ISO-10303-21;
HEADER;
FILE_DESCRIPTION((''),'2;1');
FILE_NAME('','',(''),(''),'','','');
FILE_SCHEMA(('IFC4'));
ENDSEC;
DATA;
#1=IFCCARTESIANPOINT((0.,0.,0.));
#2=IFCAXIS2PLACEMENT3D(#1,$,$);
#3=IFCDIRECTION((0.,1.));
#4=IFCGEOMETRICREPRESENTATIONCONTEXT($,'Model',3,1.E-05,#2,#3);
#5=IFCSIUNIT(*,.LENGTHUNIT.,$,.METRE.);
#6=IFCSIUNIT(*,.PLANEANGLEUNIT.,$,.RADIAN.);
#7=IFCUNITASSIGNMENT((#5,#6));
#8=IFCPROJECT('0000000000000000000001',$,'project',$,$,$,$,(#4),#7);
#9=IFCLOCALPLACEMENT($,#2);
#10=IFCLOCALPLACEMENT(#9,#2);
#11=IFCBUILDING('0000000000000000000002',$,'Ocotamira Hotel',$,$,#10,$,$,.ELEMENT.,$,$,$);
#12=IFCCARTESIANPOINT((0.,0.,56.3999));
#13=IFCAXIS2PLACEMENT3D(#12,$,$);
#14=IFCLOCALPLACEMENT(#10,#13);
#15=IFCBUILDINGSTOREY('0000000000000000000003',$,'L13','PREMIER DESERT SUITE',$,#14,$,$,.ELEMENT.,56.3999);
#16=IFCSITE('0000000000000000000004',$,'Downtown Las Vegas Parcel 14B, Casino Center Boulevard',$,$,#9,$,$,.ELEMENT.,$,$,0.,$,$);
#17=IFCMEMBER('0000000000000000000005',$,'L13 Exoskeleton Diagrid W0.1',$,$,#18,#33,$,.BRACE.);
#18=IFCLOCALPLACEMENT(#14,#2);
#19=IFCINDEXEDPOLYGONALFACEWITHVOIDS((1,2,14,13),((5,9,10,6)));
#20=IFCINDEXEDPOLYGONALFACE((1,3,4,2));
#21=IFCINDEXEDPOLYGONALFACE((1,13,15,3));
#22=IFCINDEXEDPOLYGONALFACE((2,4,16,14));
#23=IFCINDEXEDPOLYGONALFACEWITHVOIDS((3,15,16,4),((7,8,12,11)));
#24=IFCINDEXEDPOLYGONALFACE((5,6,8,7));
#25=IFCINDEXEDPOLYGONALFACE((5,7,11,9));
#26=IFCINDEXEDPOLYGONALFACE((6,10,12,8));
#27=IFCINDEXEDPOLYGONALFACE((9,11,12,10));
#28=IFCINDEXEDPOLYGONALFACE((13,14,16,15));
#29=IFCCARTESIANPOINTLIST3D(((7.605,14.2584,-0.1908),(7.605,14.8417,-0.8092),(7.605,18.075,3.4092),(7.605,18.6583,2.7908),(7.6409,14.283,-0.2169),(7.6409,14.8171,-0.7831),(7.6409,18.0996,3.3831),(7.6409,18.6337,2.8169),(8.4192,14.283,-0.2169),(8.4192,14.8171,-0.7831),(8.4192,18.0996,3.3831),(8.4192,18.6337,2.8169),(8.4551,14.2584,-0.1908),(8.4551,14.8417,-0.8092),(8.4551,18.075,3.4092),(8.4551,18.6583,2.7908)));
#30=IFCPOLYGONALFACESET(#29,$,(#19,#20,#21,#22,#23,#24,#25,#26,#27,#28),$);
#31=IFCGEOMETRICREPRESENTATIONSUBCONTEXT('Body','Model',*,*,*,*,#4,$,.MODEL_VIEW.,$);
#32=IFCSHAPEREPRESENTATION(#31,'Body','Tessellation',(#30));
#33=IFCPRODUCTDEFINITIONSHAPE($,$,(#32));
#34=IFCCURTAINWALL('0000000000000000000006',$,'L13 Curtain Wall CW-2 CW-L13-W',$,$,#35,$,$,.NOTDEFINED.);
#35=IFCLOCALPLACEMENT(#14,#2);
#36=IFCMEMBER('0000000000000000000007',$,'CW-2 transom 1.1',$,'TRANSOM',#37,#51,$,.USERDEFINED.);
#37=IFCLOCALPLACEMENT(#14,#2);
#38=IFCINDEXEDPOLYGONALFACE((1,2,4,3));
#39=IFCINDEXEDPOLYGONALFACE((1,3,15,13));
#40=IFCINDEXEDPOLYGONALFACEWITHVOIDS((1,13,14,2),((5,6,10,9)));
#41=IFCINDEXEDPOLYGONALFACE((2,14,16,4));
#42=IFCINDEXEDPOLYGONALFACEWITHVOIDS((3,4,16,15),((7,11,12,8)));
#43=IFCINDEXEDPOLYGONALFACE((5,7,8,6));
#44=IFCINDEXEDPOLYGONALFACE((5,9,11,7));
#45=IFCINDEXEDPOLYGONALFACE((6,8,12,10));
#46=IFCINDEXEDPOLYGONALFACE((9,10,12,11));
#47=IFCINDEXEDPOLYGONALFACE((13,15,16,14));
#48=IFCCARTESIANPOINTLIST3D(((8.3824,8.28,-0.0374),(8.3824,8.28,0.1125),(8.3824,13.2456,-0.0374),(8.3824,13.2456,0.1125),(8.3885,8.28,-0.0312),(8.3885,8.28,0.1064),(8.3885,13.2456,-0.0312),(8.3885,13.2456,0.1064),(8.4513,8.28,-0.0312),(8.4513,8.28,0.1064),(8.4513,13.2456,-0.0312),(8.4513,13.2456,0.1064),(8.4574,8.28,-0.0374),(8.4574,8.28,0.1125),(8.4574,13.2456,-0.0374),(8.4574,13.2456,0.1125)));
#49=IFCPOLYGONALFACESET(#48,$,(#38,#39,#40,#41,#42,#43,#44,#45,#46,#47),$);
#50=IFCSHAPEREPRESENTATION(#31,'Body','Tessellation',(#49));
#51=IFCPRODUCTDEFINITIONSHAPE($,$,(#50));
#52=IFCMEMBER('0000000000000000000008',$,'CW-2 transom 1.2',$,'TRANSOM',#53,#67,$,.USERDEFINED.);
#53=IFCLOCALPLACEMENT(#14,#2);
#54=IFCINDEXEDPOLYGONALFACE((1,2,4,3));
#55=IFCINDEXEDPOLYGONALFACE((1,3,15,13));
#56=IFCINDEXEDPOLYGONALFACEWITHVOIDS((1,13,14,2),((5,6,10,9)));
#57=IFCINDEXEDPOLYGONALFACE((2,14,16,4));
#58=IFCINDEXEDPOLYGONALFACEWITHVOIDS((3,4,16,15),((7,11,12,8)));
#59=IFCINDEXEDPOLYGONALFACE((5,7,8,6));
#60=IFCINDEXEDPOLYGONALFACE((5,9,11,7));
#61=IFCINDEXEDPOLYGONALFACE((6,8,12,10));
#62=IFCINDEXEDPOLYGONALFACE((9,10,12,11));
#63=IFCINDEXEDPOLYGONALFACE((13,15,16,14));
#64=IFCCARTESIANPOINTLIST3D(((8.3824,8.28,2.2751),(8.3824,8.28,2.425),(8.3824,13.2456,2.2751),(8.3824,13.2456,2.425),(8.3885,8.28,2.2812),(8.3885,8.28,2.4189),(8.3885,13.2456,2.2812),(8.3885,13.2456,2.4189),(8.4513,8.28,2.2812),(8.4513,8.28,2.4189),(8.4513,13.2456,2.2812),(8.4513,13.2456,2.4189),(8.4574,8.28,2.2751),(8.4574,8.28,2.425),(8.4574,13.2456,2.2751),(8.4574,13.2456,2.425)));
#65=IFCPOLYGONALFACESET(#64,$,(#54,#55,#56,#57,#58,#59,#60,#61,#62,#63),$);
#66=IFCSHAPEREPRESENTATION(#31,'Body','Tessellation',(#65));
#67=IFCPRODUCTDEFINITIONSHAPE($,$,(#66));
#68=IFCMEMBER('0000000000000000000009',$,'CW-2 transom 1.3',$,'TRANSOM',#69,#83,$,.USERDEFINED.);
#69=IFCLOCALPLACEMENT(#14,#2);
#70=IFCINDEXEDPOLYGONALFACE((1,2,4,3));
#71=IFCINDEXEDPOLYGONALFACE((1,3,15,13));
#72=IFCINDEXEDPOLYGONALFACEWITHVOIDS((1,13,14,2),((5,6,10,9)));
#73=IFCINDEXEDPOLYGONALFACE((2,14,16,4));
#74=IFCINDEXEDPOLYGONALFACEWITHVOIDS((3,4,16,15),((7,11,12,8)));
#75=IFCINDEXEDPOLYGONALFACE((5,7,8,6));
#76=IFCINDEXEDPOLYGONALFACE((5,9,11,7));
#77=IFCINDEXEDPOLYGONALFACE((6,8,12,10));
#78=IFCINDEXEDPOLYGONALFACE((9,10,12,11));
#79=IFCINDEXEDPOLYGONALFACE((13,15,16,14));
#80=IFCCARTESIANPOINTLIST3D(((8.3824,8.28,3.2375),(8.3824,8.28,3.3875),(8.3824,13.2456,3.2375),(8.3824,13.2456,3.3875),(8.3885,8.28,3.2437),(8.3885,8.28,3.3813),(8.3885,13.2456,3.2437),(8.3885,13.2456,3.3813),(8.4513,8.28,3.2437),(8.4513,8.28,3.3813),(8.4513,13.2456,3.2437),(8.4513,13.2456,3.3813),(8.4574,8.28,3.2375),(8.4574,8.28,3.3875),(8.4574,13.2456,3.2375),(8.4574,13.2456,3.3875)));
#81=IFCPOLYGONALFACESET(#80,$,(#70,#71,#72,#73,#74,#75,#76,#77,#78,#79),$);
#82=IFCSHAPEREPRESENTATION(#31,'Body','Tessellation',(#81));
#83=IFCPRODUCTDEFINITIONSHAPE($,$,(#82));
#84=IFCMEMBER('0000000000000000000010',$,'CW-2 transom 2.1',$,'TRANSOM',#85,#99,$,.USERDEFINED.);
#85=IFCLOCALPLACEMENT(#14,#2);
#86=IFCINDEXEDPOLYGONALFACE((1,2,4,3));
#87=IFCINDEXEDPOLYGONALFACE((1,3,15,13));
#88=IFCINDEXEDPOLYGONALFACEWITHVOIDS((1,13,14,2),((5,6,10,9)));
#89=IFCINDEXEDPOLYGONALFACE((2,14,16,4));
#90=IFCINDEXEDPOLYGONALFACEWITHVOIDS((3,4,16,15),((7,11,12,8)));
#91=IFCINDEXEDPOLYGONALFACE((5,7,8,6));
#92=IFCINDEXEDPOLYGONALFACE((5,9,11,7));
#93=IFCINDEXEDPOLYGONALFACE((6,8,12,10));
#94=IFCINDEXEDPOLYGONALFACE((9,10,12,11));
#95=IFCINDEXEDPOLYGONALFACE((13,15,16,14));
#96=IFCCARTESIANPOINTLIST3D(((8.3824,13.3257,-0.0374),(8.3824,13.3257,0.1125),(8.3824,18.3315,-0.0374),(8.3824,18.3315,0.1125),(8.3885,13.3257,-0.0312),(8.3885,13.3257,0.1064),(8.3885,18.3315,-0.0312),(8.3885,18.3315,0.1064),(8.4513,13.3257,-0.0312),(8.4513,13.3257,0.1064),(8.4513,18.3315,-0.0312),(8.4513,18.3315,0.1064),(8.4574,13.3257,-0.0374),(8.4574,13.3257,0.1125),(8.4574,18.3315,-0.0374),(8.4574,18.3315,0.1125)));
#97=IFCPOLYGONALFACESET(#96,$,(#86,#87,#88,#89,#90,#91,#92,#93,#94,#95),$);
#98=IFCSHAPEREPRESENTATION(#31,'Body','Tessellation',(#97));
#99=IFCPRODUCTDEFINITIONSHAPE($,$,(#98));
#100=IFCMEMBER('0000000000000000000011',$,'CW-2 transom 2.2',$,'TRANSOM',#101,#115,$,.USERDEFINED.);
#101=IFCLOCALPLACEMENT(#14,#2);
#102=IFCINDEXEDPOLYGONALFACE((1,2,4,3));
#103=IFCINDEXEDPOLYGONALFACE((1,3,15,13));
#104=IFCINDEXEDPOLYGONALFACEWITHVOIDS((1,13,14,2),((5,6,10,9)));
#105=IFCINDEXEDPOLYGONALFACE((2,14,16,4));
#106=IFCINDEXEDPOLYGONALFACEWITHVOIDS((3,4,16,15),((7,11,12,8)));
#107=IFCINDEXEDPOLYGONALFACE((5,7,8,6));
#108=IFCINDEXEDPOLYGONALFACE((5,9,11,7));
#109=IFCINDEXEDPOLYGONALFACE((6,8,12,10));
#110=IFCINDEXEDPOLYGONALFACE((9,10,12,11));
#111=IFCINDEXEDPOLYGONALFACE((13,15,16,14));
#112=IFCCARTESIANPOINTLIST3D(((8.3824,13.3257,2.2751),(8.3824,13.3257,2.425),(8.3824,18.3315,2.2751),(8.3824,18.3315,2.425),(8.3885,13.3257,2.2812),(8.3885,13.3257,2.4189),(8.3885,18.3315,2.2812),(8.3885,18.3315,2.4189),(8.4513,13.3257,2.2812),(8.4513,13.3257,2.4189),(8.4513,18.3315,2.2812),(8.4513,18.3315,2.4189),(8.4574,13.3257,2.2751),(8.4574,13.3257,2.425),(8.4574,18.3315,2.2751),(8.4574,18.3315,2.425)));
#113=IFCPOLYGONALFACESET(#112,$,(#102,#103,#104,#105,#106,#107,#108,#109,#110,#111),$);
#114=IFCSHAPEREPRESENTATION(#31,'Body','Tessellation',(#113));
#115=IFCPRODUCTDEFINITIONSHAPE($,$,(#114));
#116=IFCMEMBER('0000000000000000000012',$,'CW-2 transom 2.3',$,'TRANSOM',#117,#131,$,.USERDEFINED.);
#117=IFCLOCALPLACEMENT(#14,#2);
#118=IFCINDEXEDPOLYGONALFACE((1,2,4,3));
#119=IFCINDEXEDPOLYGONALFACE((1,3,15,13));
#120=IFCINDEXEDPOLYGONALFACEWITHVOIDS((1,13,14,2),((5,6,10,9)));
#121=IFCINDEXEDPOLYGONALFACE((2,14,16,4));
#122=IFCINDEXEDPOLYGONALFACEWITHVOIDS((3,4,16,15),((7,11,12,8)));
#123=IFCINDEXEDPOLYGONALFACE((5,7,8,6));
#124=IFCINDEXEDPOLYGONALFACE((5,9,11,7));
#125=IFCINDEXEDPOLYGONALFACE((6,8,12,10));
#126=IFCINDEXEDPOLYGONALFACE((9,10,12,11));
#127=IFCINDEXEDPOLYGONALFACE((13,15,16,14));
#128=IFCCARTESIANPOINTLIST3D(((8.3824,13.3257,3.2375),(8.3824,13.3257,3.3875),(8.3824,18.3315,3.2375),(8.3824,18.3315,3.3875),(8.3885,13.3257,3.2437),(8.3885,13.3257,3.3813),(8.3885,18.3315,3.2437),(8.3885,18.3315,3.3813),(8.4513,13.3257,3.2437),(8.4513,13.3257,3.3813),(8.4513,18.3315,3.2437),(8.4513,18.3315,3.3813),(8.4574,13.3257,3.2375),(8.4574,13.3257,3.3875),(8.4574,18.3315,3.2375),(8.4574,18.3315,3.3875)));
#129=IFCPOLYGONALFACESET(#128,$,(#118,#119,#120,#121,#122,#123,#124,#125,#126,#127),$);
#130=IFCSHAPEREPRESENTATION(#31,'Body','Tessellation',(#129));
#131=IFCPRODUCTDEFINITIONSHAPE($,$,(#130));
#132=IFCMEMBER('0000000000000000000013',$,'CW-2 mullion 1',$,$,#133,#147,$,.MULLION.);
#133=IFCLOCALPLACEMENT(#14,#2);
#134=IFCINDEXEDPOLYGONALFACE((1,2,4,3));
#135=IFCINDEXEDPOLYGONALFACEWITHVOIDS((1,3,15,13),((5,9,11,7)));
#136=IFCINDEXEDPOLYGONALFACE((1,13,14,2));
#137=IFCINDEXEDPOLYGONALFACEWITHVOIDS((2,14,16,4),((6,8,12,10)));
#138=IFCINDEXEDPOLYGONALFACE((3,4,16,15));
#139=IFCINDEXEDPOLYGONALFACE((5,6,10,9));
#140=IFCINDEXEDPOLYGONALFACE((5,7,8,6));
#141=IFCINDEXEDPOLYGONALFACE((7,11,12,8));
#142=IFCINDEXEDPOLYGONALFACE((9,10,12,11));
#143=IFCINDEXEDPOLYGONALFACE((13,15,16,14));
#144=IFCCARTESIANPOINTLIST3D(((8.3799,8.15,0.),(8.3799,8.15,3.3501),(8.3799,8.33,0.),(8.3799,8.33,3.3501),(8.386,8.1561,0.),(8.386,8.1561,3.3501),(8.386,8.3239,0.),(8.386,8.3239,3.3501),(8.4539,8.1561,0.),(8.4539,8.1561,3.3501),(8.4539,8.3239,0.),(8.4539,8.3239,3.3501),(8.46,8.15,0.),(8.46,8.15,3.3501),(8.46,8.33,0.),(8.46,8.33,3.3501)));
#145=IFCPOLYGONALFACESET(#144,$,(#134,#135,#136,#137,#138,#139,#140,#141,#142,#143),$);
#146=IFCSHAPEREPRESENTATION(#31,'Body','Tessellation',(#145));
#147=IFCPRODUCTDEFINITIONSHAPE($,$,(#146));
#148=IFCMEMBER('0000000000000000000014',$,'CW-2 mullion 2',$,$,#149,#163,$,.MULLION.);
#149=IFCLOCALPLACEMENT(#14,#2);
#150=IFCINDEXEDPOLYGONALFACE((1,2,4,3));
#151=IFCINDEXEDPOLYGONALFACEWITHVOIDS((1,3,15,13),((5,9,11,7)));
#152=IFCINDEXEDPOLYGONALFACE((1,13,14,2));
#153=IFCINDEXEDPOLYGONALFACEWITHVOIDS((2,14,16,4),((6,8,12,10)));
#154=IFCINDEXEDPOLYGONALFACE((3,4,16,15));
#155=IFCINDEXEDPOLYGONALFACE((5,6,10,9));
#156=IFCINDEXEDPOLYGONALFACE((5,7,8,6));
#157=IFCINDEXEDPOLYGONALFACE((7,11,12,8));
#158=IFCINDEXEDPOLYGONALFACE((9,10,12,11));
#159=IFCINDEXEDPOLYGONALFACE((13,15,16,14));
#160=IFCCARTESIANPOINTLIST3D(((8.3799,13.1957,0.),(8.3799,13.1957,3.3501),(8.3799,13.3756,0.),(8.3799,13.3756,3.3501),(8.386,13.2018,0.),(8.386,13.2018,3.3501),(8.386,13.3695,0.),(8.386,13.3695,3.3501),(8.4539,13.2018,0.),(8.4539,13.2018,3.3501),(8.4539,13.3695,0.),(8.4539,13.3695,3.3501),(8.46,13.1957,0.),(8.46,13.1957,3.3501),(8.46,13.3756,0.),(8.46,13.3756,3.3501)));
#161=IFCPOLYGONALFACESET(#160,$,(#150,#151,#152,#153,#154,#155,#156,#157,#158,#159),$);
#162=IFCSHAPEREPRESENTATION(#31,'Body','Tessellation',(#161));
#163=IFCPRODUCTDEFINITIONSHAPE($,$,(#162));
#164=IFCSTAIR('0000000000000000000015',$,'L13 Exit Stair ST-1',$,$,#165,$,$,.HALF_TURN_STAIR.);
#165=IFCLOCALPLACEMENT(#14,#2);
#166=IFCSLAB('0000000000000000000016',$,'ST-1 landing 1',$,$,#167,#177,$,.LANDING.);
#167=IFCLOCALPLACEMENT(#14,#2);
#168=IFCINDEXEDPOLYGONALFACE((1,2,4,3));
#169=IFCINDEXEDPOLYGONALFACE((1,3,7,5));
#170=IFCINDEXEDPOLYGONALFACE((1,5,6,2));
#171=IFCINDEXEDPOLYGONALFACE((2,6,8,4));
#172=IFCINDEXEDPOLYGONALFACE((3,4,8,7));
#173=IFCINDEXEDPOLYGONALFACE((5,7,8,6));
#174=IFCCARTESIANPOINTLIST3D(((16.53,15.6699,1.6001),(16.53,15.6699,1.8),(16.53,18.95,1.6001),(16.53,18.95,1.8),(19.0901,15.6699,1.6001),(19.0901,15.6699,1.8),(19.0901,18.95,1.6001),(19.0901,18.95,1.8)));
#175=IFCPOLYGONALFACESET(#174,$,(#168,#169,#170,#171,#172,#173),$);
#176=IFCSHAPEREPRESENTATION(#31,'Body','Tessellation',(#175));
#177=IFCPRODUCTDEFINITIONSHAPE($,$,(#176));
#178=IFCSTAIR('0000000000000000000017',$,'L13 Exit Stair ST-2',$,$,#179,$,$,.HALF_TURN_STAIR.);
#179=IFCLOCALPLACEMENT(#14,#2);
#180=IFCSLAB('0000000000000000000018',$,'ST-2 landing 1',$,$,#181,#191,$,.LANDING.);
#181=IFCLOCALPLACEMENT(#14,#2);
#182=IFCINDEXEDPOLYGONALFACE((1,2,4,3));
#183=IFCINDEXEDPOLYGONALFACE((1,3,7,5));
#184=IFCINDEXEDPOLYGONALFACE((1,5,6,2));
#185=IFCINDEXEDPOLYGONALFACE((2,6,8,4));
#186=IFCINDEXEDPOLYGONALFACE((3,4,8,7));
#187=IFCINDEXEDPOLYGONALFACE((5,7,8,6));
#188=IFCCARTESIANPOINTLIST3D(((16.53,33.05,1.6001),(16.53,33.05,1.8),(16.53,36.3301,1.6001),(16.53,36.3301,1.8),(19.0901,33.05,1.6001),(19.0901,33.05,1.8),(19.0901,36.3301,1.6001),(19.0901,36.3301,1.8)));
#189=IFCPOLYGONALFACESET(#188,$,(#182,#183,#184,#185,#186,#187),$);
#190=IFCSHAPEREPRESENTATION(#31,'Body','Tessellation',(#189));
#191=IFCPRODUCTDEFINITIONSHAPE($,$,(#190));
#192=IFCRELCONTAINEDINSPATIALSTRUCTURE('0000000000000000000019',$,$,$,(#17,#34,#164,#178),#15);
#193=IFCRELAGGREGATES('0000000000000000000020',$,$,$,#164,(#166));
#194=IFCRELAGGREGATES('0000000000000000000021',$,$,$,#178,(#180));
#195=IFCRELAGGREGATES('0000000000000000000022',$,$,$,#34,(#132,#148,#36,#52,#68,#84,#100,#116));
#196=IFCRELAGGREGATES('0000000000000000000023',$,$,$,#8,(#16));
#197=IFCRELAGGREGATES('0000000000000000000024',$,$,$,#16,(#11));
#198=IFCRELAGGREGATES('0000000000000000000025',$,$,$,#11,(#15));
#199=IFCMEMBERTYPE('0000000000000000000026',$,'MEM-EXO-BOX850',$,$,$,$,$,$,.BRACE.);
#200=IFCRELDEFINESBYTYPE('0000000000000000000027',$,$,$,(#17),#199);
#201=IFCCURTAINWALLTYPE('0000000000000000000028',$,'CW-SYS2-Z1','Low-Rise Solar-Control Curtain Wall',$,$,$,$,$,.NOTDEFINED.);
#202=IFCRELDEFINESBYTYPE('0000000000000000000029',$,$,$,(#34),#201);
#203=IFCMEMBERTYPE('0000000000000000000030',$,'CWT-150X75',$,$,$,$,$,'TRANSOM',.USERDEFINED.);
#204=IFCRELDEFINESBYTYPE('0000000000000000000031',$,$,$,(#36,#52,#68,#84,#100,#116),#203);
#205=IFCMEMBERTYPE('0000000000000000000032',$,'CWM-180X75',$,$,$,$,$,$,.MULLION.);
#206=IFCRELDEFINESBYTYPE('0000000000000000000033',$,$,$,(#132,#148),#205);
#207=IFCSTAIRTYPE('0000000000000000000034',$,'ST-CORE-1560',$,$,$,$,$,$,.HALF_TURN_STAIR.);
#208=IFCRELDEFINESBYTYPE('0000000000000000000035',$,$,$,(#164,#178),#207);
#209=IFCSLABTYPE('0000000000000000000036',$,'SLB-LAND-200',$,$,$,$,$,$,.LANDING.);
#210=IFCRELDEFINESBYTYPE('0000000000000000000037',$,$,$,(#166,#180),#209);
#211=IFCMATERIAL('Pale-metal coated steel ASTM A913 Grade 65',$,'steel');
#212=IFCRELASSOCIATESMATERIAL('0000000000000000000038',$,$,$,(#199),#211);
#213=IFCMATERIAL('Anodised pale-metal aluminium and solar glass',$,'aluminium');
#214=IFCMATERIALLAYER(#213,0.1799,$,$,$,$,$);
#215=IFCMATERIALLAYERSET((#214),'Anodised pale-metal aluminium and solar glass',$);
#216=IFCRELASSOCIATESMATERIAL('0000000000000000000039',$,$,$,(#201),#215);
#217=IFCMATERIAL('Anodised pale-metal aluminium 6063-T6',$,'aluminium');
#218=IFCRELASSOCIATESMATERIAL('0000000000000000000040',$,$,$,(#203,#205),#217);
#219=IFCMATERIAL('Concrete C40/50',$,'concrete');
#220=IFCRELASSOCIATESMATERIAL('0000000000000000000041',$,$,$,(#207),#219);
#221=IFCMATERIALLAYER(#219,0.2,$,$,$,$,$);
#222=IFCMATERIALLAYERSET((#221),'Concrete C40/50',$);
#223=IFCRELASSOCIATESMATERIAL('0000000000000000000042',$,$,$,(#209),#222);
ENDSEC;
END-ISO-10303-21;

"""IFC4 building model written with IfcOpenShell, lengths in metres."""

from ifc_helpers import new_model, si_unit, direction, frame, origin, origin_2d, place, context, subcontext, project, spatial, polyline, hollow_rectangle, outline, extrude, source, transform, mapped, material, layer, layer_set, material_profile, profile_set, type_object, element, aggregate, save


model = new_model("IFC4")

# Units and contexts
model_context = context("Model", 3, precision=1e-05, world=origin(), true_north=direction((0.0, 1.0)))
body_context = subcontext(model_context, "Body", "Model", "MODEL_VIEW")
ifc_project = project(units=[si_unit("LENGTHUNIT", "METRE"), si_unit("PLANEANGLEUNIT", "RADIAN")], contexts=[model_context])

# Site, building, storey
site_placement = place(None, origin())
site = spatial("IfcSite", under=ifc_project, at=site_placement, Name="Downtown Las Vegas Parcel 14B, Casino Center Boulevard", CompositionType="ELEMENT", RefElevation=0.0)
building_placement = place(site_placement, origin())
building = spatial("IfcBuilding", under=site, at=building_placement, Name="Ocotamira Hotel", CompositionType="ELEMENT")
storey_placement = place(building_placement, frame((0.0, 0.0, 56.3999)))
storey = spatial("IfcBuildingStorey", under=building, at=storey_placement, Name="L13", Description="PREMIER DESERT SUITE", CompositionType="ELEMENT", Elevation=56.3999)

# Member
ifc_material_1 = material(Name="Pale-metal coated steel ASTM A913 Grade 65", Category="steel")
ifc_material_profile_1 = material_profile(ifc_material_1, hollow_rectangle(XDim=0.8501, YDim=0.8501, WallThickness=0.0359, at=origin_2d()), Name="BOX850X850X36")
ifc_profile_set_1 = profile_set([ifc_material_profile_1], Name="Pale-metal coated steel ASTM A913 Grade 65")
member_type_1 = type_object("IfcMemberType", Name="MEM-EXO-BOX850", PredefinedType="BRACE", material=ifc_profile_set_1)
shared_shape_1 = source(origin(), body_context, "Body", "SweptSolid", [
    extrude(hollow_rectangle(XDim=0.8501, YDim=0.8501, WallThickness=0.0359, at=origin_2d()), origin(), (0.0, 0.0, 1.0), 5.2466),
])
member_1_placement = place(storey_placement, frame((8.03, 14.55, -0.5), z_axis=(0.0, 0.727443, 0.686168), x_axis=(-1.0, 0.0, 0.0)))
element("IfcMember", 1, at=member_1_placement, inside=storey, type_object=member_type_1, Name="L13 Exoskeleton Diagrid W0.1", PredefinedType="BRACE", context=body_context, shape_type="MappedRepresentation", body=[
    mapped(shared_shape_1, transform((0.0, 0.0, 0.0), scale=1.0)),
])

# Curtain wall, members
ifc_material_2 = material(Name="Anodised pale-metal aluminium and solar glass", Category="aluminium")
ifc_layer_1 = layer(ifc_material_2, 0.1799)
ifc_layer_set_1 = layer_set([ifc_layer_1], Name="Anodised pale-metal aluminium and solar glass")
curtain_wall_type = type_object("IfcCurtainWallType", Name="CW-SYS2-Z1", Description="Low-Rise Solar-Control Curtain Wall", PredefinedType="NOTDEFINED", material=ifc_layer_set_1)
curtain_wall_placement = place(storey_placement, origin())
curtain_wall = element("IfcCurtainWall", 2, at=curtain_wall_placement, inside=storey, type_object=curtain_wall_type, Name="L13 Curtain Wall CW-2 CW-L13-W", PredefinedType="NOTDEFINED")
ifc_material_3 = material(Name="Anodised pale-metal aluminium 6063-T6", Category="aluminium")
ifc_material_profile_2 = material_profile(ifc_material_3, hollow_rectangle(XDim=0.075, YDim=0.1499, WallThickness=0.0061, at=origin_2d()), Name="HSS150X75X6")
ifc_profile_set_2 = profile_set([ifc_material_profile_2], Name="Anodised pale-metal aluminium 6063-T6")
member_type_2 = type_object("IfcMemberType", Name="CWT-150X75", ElementType="TRANSOM", PredefinedType="USERDEFINED", material=ifc_profile_set_2)
shared_shape_2 = source(origin(), body_context, "Body", "SweptSolid", [
    extrude(hollow_rectangle(XDim=0.075, YDim=0.1499, WallThickness=0.0061, at=origin_2d()), origin(), (0.0, 0.0, 1.0), 4.9656),
])
member_2_placement = place(storey_placement, frame((8.4199, 8.28, 0.0376), z_axis=(0.0, 1.0, 0.0), x_axis=(-1.0, 0.0, 0.0)))
member_2 = element("IfcMember", 3, at=member_2_placement, type_object=member_type_2, Name="CW-2 transom 1.1", ObjectType="TRANSOM", PredefinedType="USERDEFINED", context=body_context, shape_type="MappedRepresentation", body=[
    mapped(shared_shape_2, transform((0.0, 0.0, 0.0), scale=1.0)),
])
member_3_placement = place(storey_placement, frame((8.4199, 8.28, 2.3501), z_axis=(0.0, 1.0, 0.0), x_axis=(-1.0, 0.0, 0.0)))
member_3 = element("IfcMember", 4, at=member_3_placement, type_object=member_type_2, Name="CW-2 transom 1.2", ObjectType="TRANSOM", PredefinedType="USERDEFINED", context=body_context, shape_type="MappedRepresentation", body=[
    mapped(shared_shape_2, transform((0.0, 0.0, 0.0), scale=1.0)),
])
member_4_placement = place(storey_placement, frame((8.4199, 8.28, 3.3125), z_axis=(0.0, 1.0, 0.0), x_axis=(-1.0, 0.0, 0.0)))
member_4 = element("IfcMember", 5, at=member_4_placement, type_object=member_type_2, Name="CW-2 transom 1.3", ObjectType="TRANSOM", PredefinedType="USERDEFINED", context=body_context, shape_type="MappedRepresentation", body=[
    mapped(shared_shape_2, transform((0.0, 0.0, 0.0), scale=1.0)),
])
shared_shape_3 = source(origin(), body_context, "Body", "SweptSolid", [
    extrude(hollow_rectangle(XDim=0.075, YDim=0.1499, WallThickness=0.0061, at=origin_2d()), origin(), (0.0, 0.0, 1.0), 5.0059),
])
member_5_placement = place(storey_placement, frame((8.4199, 13.3257, 0.0376), z_axis=(0.0, 1.0, 0.0), x_axis=(-1.0, 0.0, 0.0)))
member_5 = element("IfcMember", 6, at=member_5_placement, type_object=member_type_2, Name="CW-2 transom 2.1", ObjectType="TRANSOM", PredefinedType="USERDEFINED", context=body_context, shape_type="MappedRepresentation", body=[
    mapped(shared_shape_3, transform((0.0, 0.0, 0.0), scale=1.0)),
])
member_6_placement = place(storey_placement, frame((8.4199, 13.3257, 2.3501), z_axis=(0.0, 1.0, 0.0), x_axis=(-1.0, 0.0, 0.0)))
member_6 = element("IfcMember", 7, at=member_6_placement, type_object=member_type_2, Name="CW-2 transom 2.2", ObjectType="TRANSOM", PredefinedType="USERDEFINED", context=body_context, shape_type="MappedRepresentation", body=[
    mapped(shared_shape_3, transform((0.0, 0.0, 0.0), scale=1.0)),
])
member_7_placement = place(storey_placement, frame((8.4199, 13.3257, 3.3125), z_axis=(0.0, 1.0, 0.0), x_axis=(-1.0, 0.0, 0.0)))
member_7 = element("IfcMember", 8, at=member_7_placement, type_object=member_type_2, Name="CW-2 transom 2.3", ObjectType="TRANSOM", PredefinedType="USERDEFINED", context=body_context, shape_type="MappedRepresentation", body=[
    mapped(shared_shape_3, transform((0.0, 0.0, 0.0), scale=1.0)),
])
ifc_material_profile_3 = material_profile(ifc_material_3, hollow_rectangle(XDim=0.0801, YDim=0.1799, WallThickness=0.0061, at=origin_2d()), Name="HSS180X80X6")
ifc_profile_set_3 = profile_set([ifc_material_profile_3], Name="Anodised pale-metal aluminium 6063-T6")
member_type_3 = type_object("IfcMemberType", Name="CWM-180X75", PredefinedType="MULLION", material=ifc_profile_set_3)
shared_shape_4 = source(origin(), body_context, "Body", "SweptSolid", [
    extrude(hollow_rectangle(XDim=0.0801, YDim=0.1799, WallThickness=0.0061, at=origin_2d()), origin(), (0.0, 0.0, 1.0), 3.3501),
])
member_8_placement = place(storey_placement, frame((8.4199, 8.24, 0.0), z_axis=(0.0, 0.0, 1.0), x_axis=(-1.0, 0.0, 0.0)))
member_8 = element("IfcMember", 9, at=member_8_placement, type_object=member_type_3, Name="CW-2 mullion 1", PredefinedType="MULLION", context=body_context, shape_type="MappedRepresentation", body=[
    mapped(shared_shape_4, transform((0.0, 0.0, 0.0), scale=1.0)),
])
member_9_placement = place(storey_placement, frame((8.4199, 13.2856, 0.0), z_axis=(0.0, 0.0, 1.0), x_axis=(-1.0, 0.0, 0.0)))
member_9 = element("IfcMember", 10, at=member_9_placement, type_object=member_type_3, Name="CW-2 mullion 2", PredefinedType="MULLION", context=body_context, shape_type="MappedRepresentation", body=[
    mapped(shared_shape_4, transform((0.0, 0.0, 0.0), scale=1.0)),
])

# Stairs, slabs
ifc_material_4 = material(Name="Concrete C40/50", Category="concrete")
stair_type = type_object("IfcStairType", Name="ST-CORE-1560", PredefinedType="HALF_TURN_STAIR", material=ifc_material_4)
stair_1_placement = place(storey_placement, origin())
stair_1 = element("IfcStair", 11, at=stair_1_placement, inside=storey, type_object=stair_type, Name="L13 Exit Stair ST-1", PredefinedType="HALF_TURN_STAIR")
ifc_layer_2 = layer(ifc_material_4, 0.2)
ifc_layer_set_2 = layer_set([ifc_layer_2], Name="Concrete C40/50")
slab_type_1 = type_object("IfcSlabType", Name="SLB-LAND-200", PredefinedType="LANDING", material=ifc_layer_set_2)
slab_1_placement = place(storey_placement, frame((0.0, 0.0, 1.6001)))
slab_1 = element("IfcSlab", 12, at=slab_1_placement, type_object=slab_type_1, Name="ST-1 landing 1", PredefinedType="LANDING", context=body_context, shape_type="SweptSolid", body=[
    extrude(outline(polyline([(16.53, 15.6699), (19.0901, 15.6699), (19.0901, 18.95), (16.53, 18.95), (16.53, 15.6699)])), origin(), (0.0, 0.0, 1.0), 0.2),
])
aggregate(stair_1, [slab_1])
stair_2_placement = place(storey_placement, origin())
stair_2 = element("IfcStair", 13, at=stair_2_placement, inside=storey, type_object=stair_type, Name="L13 Exit Stair ST-2", PredefinedType="HALF_TURN_STAIR")
slab_2_placement = place(storey_placement, frame((0.0, 0.0, 1.6001)))
slab_2 = element("IfcSlab", 14, at=slab_2_placement, type_object=slab_type_1, Name="ST-2 landing 1", PredefinedType="LANDING", context=body_context, shape_type="SweptSolid", body=[
    extrude(outline(polyline([(16.53, 33.05), (19.0901, 33.05), (19.0901, 36.3301), (16.53, 36.3301), (16.53, 33.05)])), origin(), (0.0, 0.0, 1.0), 0.2),
])
aggregate(stair_2, [slab_2])

aggregate(curtain_wall, [member_8, member_9, member_2, member_3, member_4, member_5, member_6, member_7])

save(model, "model.ifc")
